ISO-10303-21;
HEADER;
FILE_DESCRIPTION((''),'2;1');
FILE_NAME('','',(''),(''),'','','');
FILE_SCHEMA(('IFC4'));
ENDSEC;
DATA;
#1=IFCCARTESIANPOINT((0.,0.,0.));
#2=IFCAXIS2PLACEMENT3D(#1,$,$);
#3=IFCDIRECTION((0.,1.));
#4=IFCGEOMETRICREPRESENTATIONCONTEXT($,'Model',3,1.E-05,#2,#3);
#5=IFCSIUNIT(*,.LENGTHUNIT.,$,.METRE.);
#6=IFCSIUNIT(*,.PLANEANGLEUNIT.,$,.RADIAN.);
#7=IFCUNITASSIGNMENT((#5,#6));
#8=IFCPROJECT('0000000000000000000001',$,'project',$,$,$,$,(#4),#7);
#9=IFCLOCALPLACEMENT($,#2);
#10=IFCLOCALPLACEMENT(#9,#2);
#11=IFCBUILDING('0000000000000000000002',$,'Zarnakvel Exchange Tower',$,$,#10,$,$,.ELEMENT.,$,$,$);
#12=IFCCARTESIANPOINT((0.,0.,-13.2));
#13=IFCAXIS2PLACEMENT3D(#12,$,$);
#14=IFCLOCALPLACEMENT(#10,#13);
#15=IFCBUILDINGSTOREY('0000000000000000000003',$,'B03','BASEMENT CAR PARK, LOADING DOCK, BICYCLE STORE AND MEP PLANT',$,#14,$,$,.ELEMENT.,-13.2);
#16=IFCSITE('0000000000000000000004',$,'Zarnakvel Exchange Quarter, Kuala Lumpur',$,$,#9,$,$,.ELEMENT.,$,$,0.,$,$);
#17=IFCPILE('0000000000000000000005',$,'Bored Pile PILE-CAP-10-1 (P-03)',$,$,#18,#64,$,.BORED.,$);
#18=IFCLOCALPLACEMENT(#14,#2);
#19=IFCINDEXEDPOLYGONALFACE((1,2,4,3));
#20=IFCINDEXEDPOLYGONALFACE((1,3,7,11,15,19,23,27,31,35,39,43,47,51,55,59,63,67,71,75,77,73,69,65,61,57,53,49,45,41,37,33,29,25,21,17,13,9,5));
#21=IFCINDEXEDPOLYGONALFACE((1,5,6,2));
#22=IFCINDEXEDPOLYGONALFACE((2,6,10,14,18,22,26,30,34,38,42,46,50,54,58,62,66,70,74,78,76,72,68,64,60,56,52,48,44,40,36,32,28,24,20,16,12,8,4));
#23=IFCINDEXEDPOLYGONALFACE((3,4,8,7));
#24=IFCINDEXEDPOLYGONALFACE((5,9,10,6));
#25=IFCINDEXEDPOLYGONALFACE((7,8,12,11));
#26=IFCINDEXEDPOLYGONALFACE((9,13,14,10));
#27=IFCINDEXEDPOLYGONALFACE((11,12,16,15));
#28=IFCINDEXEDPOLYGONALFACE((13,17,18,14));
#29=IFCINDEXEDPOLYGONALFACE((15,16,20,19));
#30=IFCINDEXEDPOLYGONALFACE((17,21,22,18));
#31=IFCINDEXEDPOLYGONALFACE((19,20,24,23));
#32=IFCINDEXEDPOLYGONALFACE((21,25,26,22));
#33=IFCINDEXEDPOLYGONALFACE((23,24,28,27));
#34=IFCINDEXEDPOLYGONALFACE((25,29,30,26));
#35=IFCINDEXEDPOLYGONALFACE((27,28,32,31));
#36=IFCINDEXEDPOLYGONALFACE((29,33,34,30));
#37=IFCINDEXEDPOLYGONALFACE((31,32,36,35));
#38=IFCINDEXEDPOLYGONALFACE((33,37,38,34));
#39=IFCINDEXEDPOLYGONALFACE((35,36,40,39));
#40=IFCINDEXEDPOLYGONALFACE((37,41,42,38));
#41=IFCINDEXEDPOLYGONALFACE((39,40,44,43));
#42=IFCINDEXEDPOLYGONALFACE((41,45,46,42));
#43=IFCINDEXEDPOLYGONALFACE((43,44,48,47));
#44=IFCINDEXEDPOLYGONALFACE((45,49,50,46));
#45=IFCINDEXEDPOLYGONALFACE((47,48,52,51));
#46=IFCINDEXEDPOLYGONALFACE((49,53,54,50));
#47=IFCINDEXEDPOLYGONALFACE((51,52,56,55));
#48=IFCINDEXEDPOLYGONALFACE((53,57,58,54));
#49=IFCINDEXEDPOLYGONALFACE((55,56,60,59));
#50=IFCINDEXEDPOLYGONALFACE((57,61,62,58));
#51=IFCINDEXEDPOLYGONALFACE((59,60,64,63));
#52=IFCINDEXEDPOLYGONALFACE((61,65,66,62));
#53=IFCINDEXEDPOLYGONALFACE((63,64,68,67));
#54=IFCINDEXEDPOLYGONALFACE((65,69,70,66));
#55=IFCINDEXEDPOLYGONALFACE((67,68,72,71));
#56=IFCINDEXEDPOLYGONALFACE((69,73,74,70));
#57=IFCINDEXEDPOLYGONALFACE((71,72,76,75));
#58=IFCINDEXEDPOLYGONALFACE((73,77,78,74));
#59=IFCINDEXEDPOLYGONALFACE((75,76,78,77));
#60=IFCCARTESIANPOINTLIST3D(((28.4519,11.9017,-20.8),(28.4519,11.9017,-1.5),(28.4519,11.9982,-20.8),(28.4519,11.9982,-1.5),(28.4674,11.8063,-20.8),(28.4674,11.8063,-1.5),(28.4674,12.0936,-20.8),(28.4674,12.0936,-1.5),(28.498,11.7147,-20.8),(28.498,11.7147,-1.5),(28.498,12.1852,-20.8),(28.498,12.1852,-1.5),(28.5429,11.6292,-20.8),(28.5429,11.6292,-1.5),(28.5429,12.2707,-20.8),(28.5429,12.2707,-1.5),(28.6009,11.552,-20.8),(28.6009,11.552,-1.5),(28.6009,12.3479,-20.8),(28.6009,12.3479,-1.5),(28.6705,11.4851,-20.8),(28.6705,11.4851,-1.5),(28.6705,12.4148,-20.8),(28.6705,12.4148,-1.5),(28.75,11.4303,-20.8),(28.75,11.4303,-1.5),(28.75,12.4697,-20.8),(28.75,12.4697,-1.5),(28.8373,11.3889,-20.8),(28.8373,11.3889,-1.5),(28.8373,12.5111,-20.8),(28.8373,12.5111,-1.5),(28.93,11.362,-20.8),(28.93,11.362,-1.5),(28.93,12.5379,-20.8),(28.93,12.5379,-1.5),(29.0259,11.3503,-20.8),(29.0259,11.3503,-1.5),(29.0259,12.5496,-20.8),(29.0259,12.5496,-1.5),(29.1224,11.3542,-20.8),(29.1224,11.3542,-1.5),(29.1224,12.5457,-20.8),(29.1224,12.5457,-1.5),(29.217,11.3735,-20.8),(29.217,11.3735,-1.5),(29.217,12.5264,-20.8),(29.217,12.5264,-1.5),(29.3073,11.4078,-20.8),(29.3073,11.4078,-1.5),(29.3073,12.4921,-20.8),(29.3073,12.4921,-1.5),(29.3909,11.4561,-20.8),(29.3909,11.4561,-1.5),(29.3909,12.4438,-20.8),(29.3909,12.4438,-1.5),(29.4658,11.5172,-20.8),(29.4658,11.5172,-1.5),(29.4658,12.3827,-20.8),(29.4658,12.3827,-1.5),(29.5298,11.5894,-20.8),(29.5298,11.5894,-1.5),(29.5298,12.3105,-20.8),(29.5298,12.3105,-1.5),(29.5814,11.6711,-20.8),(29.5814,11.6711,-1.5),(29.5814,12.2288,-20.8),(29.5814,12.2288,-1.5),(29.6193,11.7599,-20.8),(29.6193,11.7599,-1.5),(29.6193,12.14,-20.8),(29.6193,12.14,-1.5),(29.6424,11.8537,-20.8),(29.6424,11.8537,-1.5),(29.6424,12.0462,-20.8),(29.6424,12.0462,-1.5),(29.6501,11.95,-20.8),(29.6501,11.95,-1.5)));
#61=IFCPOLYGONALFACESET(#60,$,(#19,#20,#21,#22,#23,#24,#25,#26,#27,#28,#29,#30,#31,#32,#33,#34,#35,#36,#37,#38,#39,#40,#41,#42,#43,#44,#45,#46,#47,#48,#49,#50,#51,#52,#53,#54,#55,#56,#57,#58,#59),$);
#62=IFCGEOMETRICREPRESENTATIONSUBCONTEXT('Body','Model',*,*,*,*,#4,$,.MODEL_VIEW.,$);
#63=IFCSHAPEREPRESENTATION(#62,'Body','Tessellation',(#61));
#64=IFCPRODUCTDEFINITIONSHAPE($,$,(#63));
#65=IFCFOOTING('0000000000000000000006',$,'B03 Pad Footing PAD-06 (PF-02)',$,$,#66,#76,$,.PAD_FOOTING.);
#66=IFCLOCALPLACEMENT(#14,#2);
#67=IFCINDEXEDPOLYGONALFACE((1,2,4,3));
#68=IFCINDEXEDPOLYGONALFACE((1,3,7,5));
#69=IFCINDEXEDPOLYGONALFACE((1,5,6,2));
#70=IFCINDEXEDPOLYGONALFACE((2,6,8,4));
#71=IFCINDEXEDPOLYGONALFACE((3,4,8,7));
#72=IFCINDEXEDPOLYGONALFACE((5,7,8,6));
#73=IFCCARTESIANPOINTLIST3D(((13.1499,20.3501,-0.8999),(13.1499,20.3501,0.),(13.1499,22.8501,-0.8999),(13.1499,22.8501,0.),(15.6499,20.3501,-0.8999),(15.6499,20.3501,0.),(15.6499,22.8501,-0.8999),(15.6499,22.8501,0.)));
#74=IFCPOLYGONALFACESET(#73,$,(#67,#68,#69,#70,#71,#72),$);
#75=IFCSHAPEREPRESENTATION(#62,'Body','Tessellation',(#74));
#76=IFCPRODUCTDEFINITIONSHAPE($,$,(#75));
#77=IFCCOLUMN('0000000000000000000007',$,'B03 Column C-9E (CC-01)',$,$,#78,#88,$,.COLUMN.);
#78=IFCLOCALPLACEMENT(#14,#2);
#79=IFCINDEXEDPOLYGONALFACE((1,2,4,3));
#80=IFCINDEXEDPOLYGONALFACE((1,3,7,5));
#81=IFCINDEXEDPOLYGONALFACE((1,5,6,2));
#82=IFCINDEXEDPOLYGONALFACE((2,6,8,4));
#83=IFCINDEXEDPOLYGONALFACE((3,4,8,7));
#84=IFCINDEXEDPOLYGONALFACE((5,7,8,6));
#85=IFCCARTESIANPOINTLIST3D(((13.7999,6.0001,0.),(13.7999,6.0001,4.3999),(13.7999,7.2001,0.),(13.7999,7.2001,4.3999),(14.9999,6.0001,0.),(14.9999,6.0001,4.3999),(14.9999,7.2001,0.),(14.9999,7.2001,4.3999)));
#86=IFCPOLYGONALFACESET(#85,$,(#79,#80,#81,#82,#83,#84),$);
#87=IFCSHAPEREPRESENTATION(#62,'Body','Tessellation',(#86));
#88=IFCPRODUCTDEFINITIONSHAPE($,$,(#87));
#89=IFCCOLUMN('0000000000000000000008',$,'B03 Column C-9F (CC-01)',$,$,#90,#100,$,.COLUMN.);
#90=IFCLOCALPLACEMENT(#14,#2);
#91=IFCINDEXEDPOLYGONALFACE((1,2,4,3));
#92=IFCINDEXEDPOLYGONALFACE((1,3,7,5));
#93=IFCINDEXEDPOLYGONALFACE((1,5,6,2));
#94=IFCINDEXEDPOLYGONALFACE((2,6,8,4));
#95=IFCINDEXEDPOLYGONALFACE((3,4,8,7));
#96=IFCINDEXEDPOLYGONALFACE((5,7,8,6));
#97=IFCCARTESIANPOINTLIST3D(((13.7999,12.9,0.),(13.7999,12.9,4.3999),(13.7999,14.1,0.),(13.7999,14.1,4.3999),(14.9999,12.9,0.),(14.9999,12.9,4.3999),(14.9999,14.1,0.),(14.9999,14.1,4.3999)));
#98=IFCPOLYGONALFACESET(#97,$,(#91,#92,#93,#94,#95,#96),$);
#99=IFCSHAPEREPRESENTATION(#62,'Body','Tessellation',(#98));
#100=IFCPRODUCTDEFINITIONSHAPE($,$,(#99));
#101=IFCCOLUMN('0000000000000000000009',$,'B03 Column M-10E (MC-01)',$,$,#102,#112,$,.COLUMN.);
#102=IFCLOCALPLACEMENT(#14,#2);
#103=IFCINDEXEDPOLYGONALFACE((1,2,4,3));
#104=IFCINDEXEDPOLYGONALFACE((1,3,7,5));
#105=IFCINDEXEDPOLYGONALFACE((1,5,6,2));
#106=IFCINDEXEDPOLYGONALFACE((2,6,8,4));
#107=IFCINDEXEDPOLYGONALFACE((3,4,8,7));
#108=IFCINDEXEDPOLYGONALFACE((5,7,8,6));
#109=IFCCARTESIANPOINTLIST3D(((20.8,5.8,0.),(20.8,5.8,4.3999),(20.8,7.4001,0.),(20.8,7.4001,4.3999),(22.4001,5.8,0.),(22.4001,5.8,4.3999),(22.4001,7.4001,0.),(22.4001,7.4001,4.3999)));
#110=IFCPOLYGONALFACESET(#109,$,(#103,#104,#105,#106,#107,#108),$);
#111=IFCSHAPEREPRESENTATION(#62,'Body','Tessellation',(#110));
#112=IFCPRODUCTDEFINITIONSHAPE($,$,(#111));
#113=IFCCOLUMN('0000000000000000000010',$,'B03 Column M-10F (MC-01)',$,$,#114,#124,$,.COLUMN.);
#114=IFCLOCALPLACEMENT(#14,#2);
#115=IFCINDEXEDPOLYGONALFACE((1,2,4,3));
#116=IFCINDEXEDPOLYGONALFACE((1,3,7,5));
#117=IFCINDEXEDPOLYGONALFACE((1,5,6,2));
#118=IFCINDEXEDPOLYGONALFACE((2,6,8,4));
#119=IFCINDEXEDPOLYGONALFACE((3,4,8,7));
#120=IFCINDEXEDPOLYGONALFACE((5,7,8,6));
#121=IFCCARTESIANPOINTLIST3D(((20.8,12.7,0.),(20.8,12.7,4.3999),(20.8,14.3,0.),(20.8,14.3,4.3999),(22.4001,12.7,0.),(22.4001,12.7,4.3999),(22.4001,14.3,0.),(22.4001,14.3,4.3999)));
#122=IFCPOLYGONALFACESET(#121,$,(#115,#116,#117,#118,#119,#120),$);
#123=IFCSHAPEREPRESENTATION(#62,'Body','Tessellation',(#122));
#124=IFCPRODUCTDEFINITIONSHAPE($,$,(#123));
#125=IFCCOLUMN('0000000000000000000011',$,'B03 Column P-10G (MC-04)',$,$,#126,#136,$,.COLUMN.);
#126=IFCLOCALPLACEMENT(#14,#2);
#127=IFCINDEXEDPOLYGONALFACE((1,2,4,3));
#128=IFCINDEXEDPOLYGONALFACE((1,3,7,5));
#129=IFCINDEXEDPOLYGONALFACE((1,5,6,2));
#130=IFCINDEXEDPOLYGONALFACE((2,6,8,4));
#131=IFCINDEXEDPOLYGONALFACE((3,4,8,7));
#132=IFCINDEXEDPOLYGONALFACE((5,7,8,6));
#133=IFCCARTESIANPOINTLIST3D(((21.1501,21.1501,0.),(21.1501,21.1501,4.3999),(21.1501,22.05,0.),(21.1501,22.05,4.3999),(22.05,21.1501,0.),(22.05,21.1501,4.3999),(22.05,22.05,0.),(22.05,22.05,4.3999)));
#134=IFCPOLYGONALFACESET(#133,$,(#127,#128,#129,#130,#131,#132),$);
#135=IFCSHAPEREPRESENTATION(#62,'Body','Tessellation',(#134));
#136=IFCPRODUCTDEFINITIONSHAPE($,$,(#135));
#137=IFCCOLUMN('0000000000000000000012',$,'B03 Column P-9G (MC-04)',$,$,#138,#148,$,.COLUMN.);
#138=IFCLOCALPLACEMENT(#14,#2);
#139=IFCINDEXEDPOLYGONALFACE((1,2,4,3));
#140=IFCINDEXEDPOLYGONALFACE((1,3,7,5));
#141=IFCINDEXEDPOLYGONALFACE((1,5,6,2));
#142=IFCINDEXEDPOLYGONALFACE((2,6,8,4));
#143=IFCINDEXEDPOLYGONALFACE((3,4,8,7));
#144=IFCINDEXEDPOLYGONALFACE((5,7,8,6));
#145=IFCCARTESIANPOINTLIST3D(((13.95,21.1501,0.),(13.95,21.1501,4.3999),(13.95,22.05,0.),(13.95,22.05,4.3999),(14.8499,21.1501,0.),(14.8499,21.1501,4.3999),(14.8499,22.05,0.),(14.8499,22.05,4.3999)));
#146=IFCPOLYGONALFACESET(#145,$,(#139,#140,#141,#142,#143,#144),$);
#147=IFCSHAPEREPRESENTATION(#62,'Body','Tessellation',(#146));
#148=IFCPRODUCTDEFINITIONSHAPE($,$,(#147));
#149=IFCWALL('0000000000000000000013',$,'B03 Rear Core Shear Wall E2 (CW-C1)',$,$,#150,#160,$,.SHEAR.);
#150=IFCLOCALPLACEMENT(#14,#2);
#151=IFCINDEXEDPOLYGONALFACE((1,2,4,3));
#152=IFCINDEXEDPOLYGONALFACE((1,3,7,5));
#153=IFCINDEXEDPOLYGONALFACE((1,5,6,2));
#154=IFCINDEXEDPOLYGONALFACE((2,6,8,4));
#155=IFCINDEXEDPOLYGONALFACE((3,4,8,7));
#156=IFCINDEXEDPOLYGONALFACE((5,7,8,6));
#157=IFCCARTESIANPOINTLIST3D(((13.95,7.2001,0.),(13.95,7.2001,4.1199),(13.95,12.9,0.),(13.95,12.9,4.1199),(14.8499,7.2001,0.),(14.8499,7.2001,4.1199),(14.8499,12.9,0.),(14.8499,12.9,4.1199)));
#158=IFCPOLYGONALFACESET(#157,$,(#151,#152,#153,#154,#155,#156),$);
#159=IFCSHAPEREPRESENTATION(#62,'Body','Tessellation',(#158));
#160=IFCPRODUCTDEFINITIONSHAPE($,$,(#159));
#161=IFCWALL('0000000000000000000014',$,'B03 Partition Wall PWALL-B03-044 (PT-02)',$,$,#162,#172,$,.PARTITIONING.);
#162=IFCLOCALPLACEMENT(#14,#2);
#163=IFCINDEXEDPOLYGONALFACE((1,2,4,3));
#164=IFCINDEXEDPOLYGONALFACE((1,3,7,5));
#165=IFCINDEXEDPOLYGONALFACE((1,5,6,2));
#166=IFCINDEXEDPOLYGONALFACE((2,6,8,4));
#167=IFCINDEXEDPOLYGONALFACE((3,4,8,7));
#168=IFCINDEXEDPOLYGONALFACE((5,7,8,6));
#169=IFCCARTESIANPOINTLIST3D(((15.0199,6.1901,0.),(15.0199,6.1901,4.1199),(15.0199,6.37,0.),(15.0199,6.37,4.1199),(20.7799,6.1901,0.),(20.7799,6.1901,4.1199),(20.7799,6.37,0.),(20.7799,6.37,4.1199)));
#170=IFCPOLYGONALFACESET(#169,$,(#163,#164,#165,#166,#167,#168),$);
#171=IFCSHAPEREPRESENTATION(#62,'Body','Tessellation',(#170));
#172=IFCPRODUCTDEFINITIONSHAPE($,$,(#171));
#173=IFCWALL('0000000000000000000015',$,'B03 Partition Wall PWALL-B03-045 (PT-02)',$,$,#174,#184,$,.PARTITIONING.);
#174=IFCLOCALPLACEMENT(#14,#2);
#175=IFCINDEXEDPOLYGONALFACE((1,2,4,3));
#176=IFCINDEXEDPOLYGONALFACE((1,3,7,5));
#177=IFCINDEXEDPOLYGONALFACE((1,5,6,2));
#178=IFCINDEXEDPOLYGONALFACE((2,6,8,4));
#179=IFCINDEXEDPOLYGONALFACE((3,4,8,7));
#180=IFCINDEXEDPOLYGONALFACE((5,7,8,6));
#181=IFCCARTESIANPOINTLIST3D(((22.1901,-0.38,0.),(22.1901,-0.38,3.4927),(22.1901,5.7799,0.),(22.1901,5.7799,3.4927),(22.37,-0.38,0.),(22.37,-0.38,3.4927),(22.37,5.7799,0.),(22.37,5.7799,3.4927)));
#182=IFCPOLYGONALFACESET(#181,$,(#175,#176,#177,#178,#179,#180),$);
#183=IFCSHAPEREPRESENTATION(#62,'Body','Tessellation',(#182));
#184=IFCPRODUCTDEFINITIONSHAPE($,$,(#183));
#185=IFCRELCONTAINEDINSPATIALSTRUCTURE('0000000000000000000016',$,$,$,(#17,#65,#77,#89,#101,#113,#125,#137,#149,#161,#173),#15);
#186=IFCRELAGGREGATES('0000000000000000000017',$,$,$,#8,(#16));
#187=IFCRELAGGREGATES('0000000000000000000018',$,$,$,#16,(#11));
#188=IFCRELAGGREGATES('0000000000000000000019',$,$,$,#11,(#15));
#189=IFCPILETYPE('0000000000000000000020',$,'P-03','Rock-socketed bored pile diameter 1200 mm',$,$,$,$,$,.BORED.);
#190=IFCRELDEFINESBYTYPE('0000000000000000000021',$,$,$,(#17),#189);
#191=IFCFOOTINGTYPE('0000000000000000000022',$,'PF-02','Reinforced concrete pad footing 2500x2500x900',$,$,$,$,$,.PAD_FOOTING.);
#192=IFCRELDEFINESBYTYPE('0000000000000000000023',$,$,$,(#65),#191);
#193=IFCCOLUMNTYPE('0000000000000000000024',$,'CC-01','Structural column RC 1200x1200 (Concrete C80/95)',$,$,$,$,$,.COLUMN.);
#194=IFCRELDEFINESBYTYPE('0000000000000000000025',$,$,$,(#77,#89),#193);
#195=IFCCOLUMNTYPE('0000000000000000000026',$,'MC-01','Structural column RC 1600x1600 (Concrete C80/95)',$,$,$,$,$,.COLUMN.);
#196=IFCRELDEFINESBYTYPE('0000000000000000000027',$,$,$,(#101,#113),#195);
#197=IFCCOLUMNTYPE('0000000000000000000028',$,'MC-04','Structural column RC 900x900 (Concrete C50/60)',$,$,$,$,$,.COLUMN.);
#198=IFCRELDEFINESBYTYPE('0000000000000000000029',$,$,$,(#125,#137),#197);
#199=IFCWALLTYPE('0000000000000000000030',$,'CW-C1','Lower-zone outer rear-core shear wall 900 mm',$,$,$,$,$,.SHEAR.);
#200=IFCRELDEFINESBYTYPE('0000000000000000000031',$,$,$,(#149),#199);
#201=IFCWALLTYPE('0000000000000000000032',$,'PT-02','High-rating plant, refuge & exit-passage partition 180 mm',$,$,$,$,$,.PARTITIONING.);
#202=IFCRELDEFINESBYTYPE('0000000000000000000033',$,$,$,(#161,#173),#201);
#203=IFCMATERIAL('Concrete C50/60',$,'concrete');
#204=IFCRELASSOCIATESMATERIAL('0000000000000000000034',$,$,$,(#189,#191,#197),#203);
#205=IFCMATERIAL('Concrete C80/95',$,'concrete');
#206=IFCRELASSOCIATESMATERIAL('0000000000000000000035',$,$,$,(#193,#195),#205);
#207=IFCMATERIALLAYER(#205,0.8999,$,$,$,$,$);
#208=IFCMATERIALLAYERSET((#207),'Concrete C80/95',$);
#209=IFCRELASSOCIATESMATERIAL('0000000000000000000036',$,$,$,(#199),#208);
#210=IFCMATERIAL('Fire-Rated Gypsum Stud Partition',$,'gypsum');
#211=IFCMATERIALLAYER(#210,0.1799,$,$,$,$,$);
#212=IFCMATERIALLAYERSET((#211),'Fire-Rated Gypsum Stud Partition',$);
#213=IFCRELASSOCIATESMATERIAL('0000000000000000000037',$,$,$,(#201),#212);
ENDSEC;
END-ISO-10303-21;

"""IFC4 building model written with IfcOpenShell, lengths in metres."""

from ifc_helpers import new_model, si_unit, direction, frame, frame_2d, origin, origin_2d, place, context, subcontext, project, spatial, rectangle, circle, extrude, source, transform, mapped, material, layer, layer_set, material_profile, profile_set, type_object, element, save


model = new_model("IFC4")

# Units and contexts
model_context = context("Model", 3, precision=1e-05, world=origin(), true_north=direction((0.0, 1.0)))
body_context = subcontext(model_context, "Body", "Model", "MODEL_VIEW")
ifc_project = project(units=[si_unit("LENGTHUNIT", "METRE"), si_unit("PLANEANGLEUNIT", "RADIAN")], contexts=[model_context])

# Site, building, storey
site_placement = place(None, origin())
site = spatial("IfcSite", under=ifc_project, at=site_placement, Name="Zarnakvel Exchange Quarter, Kuala Lumpur", CompositionType="ELEMENT", RefElevation=0.0)
building_placement = place(site_placement, origin())
building = spatial("IfcBuilding", under=site, at=building_placement, Name="Zarnakvel Exchange Tower", CompositionType="ELEMENT")
storey_placement = place(building_placement, frame((0.0, 0.0, -13.2)))
storey = spatial("IfcBuildingStorey", under=building, at=storey_placement, Name="B03", Description="BASEMENT CAR PARK, LOADING DOCK, BICYCLE STORE AND MEP PLANT", CompositionType="ELEMENT", Elevation=-13.2)

# Shared definitions
ifc_material_1 = material(Name="Concrete C50/60", Category="concrete")

# Pile
ifc_material_profile_1 = material_profile(ifc_material_1, circle(Radius=0.6001, at=origin_2d()))
ifc_profile_set_1 = profile_set([ifc_material_profile_1], Name="Concrete C50/60")
pile_type_1 = type_object("IfcPileType", Name="P-03", Description="Rock-socketed bored pile diameter 1200 mm", PredefinedType="BORED", material=ifc_profile_set_1)
pile_placement = place(storey_placement, frame((29.05, 11.95, -1.5), z_axis=(0.0, 0.0, -1.0), x_axis=(1.0, 0.0, 0.0)))
element("IfcPile", 1, at=pile_placement, inside=storey, type_object=pile_type_1, Name="Bored Pile PILE-CAP-10-1 (P-03)", PredefinedType="BORED", context=body_context, shape_type="SweptSolid", body=[
    extrude(circle(Radius=0.6001, at=origin_2d()), origin(), (0.0, 0.0, 1.0), 19.3),
])

# Footing
footing_type_1 = type_object("IfcFootingType", Name="PF-02", Description="Reinforced concrete pad footing 2500x2500x900", PredefinedType="PAD_FOOTING", material=ifc_material_1)
shared_shape_1 = source(origin(), body_context, "Body", "SweptSolid", [
    extrude(rectangle(XDim=2.5, YDim=2.5, at=origin_2d()), origin(), (0.0, 0.0, 1.0), 0.8999),
])
footing_1_placement = place(storey_placement, frame((14.3999, 21.6001, -0.8999), z_axis=(0.0, 0.0, 1.0), x_axis=(1.0, 0.0, 0.0)))
element("IfcFooting", 2, at=footing_1_placement, inside=storey, type_object=footing_type_1, Name="B03 Pad Footing PAD-06 (PF-02)", PredefinedType="PAD_FOOTING", context=body_context, shape_type="MappedRepresentation", body=[
    mapped(shared_shape_1, transform((0.0, 0.0, 0.0), x_axis=(1.0, 0.0, 0.0), y_axis=(0.0, 1.0, 0.0), z_axis=(0.0, 0.0, 1.0), scale=1.0)),
])

# Columns
ifc_material_2 = material(Name="Concrete C80/95", Category="concrete")
ifc_material_profile_2 = material_profile(ifc_material_2, rectangle(XDim=1.2, YDim=1.2, at=origin_2d()))
ifc_profile_set_2 = profile_set([ifc_material_profile_2], Name="Concrete C80/95")
column_type_1 = type_object("IfcColumnType", Name="CC-01", Description="Structural column RC 1200x1200 (Concrete C80/95)", PredefinedType="COLUMN", material=ifc_profile_set_2)
for number, where, z_axis, x_axis, name in (
    (3, (14.3999, 6.6001, 0.0), (0.0, 0.0, 1.0), (1.0, 0.0, 0.0), "B03 Column C-9E (CC-01)"),
    (4, (14.3999, 13.5, 0.0), (0.0, 0.0, 1.0), (1.0, 0.0, 0.0), "B03 Column C-9F (CC-01)"),
):
    element("IfcColumn", number, at=place(storey_placement, frame(where, z_axis=z_axis, x_axis=x_axis)), inside=storey, type_object=column_type_1, Name=name, PredefinedType="COLUMN", context=body_context, shape_type="SweptSolid", body=[
        extrude(rectangle(XDim=1.2, YDim=1.2, at=origin_2d()), origin(), (0.0, 0.0, 1.0), 4.3999),
    ])
ifc_material_profile_3 = material_profile(ifc_material_2, rectangle(XDim=1.6001, YDim=1.6001, at=origin_2d()))
ifc_profile_set_3 = profile_set([ifc_material_profile_3], Name="Concrete C80/95")
column_type_2 = type_object("IfcColumnType", Name="MC-01", Description="Structural column RC 1600x1600 (Concrete C80/95)", PredefinedType="COLUMN", material=ifc_profile_set_3)
for number, where, z_axis, x_axis, name in (
    (5, (21.6001, 6.6001, 0.0), (0.0, 0.0, 1.0), (1.0, 0.0, 0.0), "B03 Column M-10E (MC-01)"),
    (6, (21.6001, 13.5, 0.0), (0.0, 0.0, 1.0), (1.0, 0.0, 0.0), "B03 Column M-10F (MC-01)"),
):
    element("IfcColumn", number, at=place(storey_placement, frame(where, z_axis=z_axis, x_axis=x_axis)), inside=storey, type_object=column_type_2, Name=name, PredefinedType="COLUMN", context=body_context, shape_type="SweptSolid", body=[
        extrude(rectangle(XDim=1.6001, YDim=1.6001, at=origin_2d()), origin(), (0.0, 0.0, 1.0), 4.3999),
    ])
ifc_material_profile_4 = material_profile(ifc_material_1, rectangle(XDim=0.8999, YDim=0.8999, at=origin_2d()))
ifc_profile_set_4 = profile_set([ifc_material_profile_4], Name="Concrete C50/60")
column_type_3 = type_object("IfcColumnType", Name="MC-04", Description="Structural column RC 900x900 (Concrete C50/60)", PredefinedType="COLUMN", material=ifc_profile_set_4)
for number, where, z_axis, x_axis, name in (
    (7, (21.6001, 21.6001, 0.0), (0.0, 0.0, 1.0), (1.0, 0.0, 0.0), "B03 Column P-10G (MC-04)"),
    (8, (14.3999, 21.6001, 0.0), (0.0, 0.0, 1.0), (1.0, 0.0, 0.0), "B03 Column P-9G (MC-04)"),
):
    element("IfcColumn", number, at=place(storey_placement, frame(where, z_axis=z_axis, x_axis=x_axis)), inside=storey, type_object=column_type_3, Name=name, PredefinedType="COLUMN", context=body_context, shape_type="SweptSolid", body=[
        extrude(rectangle(XDim=0.8999, YDim=0.8999, at=origin_2d()), origin(), (0.0, 0.0, 1.0), 4.3999),
    ])

# Walls
ifc_layer_1 = layer(ifc_material_2, 0.8999)
ifc_layer_set_1 = layer_set([ifc_layer_1], Name="Concrete C80/95")
wall_type_1 = type_object("IfcWallType", Name="CW-C1", Description="Lower-zone outer rear-core shear wall 900 mm", PredefinedType="SHEAR", material=ifc_layer_set_1)
wall_1_placement = place(storey_placement, frame((14.3999, 7.2, 0.0), z_axis=(0.0, 0.0, 1.0), x_axis=(0.0, 1.0, 0.0)))
element("IfcWall", 9, at=wall_1_placement, inside=storey, type_object=wall_type_1, Name="B03 Rear Core Shear Wall E2 (CW-C1)", PredefinedType="SHEAR", context=body_context, shape_type="SweptSolid", body=[
    extrude(rectangle(XDim=5.7, YDim=0.8999, at=frame_2d((2.8501, 0.0))), origin(), (0.0, 0.0, 1.0), 4.1199),
])
ifc_material_3 = material(Name="Fire-Rated Gypsum Stud Partition", Category="gypsum")
ifc_layer_2 = layer(ifc_material_3, 0.1799)
ifc_layer_set_2 = layer_set([ifc_layer_2], Name="Fire-Rated Gypsum Stud Partition")
wall_type_2 = type_object("IfcWallType", Name="PT-02", Description="High-rating plant, refuge & exit-passage partition 180 mm", PredefinedType="PARTITIONING", material=ifc_layer_set_2)
wall_2_placement = place(storey_placement, frame((15.02, 6.28, 0.0), z_axis=(0.0, 0.0, 1.0), x_axis=(1.0, 0.0, 0.0)))
element("IfcWall", 10, at=wall_2_placement, inside=storey, type_object=wall_type_2, Name="B03 Partition Wall PWALL-B03-044 (PT-02)", PredefinedType="PARTITIONING", context=body_context, shape_type="SweptSolid", body=[
    extrude(rectangle(XDim=5.76, YDim=0.1799, at=frame_2d((2.8799, 0.0))), origin(), (0.0, 0.0, 1.0), 4.1199),
])
wall_3_placement = place(storey_placement, frame((22.28, 5.78, 0.0), z_axis=(0.0, 0.0, 1.0), x_axis=(0.0, -1.0, 0.0)))
element("IfcWall", 11, at=wall_3_placement, inside=storey, type_object=wall_type_2, Name="B03 Partition Wall PWALL-B03-045 (PT-02)", PredefinedType="PARTITIONING", context=body_context, shape_type="SweptSolid", body=[
    extrude(rectangle(XDim=6.1599, YDim=0.1799, at=frame_2d((3.0801, 0.0))), origin(), (0.0, 0.0, 1.0), 3.4927),
])

save(model, "model.ifc")
